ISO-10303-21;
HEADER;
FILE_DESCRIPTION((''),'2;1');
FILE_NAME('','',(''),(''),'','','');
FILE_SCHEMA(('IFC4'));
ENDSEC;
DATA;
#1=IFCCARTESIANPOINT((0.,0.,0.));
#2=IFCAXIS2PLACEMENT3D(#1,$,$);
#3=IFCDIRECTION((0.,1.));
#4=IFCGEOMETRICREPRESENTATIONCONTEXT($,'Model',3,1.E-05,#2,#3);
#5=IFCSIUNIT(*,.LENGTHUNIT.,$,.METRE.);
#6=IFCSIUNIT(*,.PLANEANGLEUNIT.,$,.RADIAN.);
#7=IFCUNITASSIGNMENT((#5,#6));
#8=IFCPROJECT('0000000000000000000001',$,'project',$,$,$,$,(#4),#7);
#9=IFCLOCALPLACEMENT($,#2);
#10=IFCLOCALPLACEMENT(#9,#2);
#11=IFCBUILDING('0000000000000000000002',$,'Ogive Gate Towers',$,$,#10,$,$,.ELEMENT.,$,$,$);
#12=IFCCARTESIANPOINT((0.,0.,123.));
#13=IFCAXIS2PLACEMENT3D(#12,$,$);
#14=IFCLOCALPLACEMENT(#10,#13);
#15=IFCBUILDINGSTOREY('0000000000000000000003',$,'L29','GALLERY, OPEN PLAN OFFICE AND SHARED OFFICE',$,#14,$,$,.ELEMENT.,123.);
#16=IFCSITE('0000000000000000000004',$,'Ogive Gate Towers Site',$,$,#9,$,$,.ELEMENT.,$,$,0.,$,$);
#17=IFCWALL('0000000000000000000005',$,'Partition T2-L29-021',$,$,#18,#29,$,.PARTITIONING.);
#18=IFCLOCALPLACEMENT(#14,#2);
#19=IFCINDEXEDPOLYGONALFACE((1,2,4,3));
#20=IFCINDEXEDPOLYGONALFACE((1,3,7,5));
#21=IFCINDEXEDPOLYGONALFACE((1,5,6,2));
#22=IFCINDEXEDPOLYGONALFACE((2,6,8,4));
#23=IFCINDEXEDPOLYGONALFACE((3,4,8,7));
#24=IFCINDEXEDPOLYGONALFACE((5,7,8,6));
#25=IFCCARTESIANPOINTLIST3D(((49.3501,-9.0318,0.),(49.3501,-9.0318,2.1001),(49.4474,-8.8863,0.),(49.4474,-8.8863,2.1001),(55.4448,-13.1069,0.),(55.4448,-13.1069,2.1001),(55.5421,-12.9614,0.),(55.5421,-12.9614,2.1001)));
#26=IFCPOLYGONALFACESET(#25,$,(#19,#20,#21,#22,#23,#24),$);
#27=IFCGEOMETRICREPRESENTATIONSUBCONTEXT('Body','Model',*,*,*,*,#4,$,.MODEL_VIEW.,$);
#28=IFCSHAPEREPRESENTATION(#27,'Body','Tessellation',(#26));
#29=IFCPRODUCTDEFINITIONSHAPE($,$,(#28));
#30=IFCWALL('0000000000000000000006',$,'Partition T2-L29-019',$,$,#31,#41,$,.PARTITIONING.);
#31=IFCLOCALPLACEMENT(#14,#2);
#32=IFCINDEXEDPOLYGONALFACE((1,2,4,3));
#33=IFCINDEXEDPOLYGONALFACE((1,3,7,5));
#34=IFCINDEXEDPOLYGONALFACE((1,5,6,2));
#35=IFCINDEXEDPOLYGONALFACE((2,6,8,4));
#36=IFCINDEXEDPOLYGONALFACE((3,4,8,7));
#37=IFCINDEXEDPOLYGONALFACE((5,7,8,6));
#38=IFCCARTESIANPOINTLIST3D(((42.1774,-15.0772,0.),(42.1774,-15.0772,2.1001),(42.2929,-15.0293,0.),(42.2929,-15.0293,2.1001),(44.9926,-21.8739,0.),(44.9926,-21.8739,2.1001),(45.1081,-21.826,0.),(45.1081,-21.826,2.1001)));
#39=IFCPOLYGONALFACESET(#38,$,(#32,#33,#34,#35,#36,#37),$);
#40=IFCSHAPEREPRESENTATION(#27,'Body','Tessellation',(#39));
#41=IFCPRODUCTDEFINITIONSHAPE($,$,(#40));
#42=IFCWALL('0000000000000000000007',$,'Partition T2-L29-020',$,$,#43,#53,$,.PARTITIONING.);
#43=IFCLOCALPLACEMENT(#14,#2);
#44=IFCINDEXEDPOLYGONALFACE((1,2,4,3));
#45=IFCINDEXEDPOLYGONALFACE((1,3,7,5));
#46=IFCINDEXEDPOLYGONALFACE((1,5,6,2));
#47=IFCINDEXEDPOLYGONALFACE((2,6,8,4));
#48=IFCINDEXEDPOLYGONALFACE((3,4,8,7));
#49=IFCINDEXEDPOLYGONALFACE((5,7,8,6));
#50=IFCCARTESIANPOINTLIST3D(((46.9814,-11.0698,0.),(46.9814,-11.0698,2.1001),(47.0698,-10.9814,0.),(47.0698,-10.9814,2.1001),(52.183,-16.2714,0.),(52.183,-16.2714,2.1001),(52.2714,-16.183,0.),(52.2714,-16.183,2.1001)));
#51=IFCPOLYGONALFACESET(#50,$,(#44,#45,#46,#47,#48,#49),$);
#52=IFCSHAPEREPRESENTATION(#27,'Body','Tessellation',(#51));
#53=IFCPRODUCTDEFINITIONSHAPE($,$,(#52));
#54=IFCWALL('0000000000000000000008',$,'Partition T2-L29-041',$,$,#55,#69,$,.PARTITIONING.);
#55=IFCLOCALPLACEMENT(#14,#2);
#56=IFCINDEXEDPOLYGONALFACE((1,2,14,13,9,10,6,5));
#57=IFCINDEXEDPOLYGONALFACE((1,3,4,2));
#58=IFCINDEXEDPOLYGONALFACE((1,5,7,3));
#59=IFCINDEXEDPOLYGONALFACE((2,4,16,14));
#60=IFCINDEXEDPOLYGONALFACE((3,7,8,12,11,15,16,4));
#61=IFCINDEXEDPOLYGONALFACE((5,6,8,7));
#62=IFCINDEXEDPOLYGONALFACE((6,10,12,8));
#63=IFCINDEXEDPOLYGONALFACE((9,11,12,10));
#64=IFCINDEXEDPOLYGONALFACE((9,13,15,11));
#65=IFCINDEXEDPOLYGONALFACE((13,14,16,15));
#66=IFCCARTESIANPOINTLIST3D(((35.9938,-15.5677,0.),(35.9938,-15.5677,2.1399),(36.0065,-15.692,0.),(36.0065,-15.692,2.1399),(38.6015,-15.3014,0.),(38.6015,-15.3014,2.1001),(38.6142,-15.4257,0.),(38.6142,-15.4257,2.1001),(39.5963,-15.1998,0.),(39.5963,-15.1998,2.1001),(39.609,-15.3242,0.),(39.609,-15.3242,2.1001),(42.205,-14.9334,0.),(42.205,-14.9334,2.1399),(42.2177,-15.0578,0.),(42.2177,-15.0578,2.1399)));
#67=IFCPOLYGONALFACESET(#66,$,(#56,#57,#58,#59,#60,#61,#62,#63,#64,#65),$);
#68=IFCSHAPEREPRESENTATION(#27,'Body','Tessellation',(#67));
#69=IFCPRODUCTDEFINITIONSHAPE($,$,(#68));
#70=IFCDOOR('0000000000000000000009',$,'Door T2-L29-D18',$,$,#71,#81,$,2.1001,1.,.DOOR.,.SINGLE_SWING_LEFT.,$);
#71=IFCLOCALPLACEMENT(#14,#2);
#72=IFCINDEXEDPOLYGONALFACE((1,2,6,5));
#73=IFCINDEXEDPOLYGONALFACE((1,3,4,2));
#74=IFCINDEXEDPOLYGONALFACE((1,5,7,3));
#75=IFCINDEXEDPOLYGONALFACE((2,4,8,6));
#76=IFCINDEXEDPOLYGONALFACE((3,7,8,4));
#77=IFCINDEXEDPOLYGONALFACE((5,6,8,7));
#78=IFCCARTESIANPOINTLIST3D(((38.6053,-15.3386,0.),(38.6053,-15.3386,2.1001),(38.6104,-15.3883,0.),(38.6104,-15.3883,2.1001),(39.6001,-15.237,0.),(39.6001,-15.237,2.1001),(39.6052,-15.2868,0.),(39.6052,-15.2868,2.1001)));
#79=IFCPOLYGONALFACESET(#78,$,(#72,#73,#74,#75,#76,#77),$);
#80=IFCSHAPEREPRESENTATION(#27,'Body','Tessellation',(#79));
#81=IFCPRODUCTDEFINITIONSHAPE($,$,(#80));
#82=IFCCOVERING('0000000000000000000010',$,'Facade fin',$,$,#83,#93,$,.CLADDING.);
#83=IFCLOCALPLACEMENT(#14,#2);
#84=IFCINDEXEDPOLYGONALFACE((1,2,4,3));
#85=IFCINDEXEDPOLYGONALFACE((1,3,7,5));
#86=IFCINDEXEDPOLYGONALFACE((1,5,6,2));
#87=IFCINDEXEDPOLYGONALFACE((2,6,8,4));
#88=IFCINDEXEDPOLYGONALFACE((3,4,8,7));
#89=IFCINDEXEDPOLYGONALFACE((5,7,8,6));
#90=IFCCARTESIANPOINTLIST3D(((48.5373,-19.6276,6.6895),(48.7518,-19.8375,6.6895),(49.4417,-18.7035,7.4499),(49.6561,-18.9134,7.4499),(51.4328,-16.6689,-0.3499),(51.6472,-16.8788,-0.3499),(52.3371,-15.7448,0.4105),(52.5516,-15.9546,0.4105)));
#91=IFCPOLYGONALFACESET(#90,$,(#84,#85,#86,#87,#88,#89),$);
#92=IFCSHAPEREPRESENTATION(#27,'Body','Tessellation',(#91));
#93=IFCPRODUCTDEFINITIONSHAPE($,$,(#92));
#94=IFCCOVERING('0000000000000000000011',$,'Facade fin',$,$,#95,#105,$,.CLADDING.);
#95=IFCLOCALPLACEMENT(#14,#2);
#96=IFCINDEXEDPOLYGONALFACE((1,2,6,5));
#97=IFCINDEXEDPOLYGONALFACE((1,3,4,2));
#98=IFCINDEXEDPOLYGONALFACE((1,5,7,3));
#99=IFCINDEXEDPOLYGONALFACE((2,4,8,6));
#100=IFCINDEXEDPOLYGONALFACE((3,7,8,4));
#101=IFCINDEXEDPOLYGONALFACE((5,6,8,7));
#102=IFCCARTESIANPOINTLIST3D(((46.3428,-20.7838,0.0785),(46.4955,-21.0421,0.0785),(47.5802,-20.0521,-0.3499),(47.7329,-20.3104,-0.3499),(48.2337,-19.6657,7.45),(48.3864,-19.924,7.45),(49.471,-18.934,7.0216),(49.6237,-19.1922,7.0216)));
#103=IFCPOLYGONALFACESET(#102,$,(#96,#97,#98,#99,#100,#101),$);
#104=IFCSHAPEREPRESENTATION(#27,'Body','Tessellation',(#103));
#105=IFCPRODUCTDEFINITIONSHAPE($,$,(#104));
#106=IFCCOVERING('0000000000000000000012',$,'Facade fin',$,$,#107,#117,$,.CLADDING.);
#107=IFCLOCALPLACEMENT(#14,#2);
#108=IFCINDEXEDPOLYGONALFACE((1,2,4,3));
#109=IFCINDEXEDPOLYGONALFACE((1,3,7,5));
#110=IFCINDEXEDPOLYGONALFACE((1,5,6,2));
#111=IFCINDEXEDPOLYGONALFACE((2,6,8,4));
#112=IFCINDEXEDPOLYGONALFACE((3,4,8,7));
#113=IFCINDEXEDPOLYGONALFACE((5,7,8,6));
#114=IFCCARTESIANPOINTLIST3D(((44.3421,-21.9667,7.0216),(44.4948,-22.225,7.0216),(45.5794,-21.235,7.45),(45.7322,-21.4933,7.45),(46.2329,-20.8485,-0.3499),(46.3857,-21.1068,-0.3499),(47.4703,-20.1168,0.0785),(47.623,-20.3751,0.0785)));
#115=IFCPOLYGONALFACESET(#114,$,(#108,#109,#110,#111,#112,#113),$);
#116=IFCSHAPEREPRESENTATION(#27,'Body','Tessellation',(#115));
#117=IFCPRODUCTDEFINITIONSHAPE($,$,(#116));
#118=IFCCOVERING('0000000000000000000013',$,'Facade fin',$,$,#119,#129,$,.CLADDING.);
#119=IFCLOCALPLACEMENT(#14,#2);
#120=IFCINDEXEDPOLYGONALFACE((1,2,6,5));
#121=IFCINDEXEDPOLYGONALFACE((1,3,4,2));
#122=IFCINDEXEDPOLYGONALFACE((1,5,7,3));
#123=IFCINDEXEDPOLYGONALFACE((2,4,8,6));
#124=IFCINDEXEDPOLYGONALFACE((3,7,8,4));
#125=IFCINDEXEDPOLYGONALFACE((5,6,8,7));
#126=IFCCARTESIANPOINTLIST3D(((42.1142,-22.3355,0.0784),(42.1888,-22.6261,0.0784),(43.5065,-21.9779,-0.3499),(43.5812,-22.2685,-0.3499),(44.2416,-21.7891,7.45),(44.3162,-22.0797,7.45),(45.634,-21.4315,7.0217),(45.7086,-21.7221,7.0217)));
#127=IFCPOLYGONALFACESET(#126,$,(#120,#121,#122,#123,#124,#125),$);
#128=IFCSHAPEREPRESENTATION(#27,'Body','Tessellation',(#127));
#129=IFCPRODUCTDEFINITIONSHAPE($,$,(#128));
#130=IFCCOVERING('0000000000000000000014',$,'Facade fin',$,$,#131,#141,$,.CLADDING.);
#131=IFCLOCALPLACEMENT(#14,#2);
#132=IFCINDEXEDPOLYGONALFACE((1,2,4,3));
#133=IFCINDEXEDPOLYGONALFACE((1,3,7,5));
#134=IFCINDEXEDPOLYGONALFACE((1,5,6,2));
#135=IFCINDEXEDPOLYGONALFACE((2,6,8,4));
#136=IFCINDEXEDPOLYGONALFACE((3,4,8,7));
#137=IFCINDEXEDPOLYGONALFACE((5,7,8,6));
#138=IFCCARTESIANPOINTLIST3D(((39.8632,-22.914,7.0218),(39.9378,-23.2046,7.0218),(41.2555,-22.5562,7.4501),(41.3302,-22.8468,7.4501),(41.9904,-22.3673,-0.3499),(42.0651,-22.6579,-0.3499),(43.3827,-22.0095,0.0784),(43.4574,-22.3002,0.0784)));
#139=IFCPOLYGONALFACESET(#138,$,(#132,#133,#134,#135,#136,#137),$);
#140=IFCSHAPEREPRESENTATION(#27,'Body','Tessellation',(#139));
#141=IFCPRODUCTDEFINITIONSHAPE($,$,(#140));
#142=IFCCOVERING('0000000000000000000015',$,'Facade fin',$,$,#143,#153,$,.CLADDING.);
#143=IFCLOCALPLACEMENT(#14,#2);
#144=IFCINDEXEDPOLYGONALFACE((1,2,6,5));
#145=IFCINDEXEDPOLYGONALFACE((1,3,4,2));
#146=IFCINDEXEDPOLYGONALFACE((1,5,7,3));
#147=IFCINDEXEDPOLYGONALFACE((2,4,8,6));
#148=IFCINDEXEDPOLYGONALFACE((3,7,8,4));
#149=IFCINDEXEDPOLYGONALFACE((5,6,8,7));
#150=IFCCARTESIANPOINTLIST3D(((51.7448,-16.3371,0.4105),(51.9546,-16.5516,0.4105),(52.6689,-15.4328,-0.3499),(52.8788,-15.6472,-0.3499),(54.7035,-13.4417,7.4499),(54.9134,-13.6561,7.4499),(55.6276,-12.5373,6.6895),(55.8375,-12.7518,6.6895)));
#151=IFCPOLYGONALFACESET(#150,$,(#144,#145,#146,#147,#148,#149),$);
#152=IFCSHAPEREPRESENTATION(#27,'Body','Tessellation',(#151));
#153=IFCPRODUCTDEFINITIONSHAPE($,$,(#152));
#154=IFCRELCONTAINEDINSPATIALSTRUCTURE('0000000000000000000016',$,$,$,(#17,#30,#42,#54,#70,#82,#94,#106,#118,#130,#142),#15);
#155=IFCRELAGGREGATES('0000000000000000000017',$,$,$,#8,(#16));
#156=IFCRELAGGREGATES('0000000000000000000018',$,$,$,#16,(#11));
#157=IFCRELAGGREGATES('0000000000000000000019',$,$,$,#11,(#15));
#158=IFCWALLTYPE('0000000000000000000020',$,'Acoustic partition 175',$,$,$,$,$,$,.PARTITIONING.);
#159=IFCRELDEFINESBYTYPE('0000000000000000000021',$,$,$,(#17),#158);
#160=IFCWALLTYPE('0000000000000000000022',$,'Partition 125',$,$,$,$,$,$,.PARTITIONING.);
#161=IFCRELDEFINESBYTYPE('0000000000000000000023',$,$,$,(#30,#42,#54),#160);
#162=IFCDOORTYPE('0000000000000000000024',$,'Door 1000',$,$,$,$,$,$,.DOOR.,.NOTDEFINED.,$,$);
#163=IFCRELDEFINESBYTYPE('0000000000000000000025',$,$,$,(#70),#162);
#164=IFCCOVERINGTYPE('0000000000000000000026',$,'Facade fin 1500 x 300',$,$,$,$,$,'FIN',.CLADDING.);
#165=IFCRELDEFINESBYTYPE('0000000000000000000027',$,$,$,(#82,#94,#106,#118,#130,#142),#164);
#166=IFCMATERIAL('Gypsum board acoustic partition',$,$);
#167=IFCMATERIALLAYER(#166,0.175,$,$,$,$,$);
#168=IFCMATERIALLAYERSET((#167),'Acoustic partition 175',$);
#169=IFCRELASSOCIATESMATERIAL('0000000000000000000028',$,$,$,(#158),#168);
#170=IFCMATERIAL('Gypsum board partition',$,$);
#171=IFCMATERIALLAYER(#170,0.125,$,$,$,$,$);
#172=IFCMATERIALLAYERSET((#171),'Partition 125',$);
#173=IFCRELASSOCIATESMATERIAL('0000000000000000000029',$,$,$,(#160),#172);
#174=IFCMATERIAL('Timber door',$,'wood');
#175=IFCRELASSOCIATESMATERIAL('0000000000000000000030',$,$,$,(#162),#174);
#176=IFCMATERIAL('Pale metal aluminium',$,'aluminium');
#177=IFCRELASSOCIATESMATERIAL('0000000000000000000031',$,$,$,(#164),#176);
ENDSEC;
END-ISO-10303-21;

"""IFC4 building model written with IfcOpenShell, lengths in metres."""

from ifc_helpers import new_model, si_unit, direction, frame, frame_2d, origin, origin_2d, place, context, subcontext, project, spatial, rectangle, extrude, material, layer, layer_set, material_profile, profile_set, type_object, element, fill, save


model = new_model("IFC4")

# Units and contexts
model_context = context("Model", 3, precision=1e-05, world=origin(), true_north=direction((0.0, 1.0)))
body_context = subcontext(model_context, "Body", "Model", "MODEL_VIEW")
ifc_project = project(units=[si_unit("LENGTHUNIT", "METRE"), si_unit("PLANEANGLEUNIT", "RADIAN")], contexts=[model_context])

# Site, building, storey
site_placement = place(None, origin())
site = spatial("IfcSite", under=ifc_project, at=site_placement, Name="Ogive Gate Towers Site", CompositionType="ELEMENT", RefElevation=0.0)
building_placement = place(site_placement, origin())
building = spatial("IfcBuilding", under=site, at=building_placement, Name="Ogive Gate Towers", CompositionType="ELEMENT")
storey_placement = place(building_placement, frame((0.0, 0.0, 123.0)))
storey = spatial("IfcBuildingStorey", under=building, at=storey_placement, Name="L29", Description="GALLERY, OPEN PLAN OFFICE AND SHARED OFFICE", CompositionType="ELEMENT", Elevation=123.0)

# Shared definitions
ifc_material_1 = material(Name="Pale metal aluminium", Category="aluminium")

# Walls
ifc_material_2 = material(Name="Gypsum board acoustic partition")
ifc_layer_1 = layer(ifc_material_2, 0.175)
ifc_layer_set_1 = layer_set([ifc_layer_1], Name="Acoustic partition 175")
wall_type_1 = type_object("IfcWallType", Name="Acoustic partition 175", PredefinedType="PARTITIONING", material=ifc_layer_set_1)
wall_1_placement = place(storey_placement, frame((55.4934, -13.0342, 0.0), z_axis=(0.0, 0.0, 1.0), x_axis=(-0.831291, 0.555837, 0.0)))
element("IfcWall", 1, at=wall_1_placement, inside=storey, type_object=wall_type_1, Name="Partition T2-L29-021", PredefinedType="PARTITIONING", context=body_context, shape_type="SweptSolid", body=[
    extrude(rectangle(XDim=7.3315, YDim=0.175, at=frame_2d((3.6658, 0.0))), origin(), (0.0, 0.0, 1.0), 2.1001),
])
ifc_material_3 = material(Name="Gypsum board partition")
ifc_layer_2 = layer(ifc_material_3, 0.125)
ifc_layer_set_2 = layer_set([ifc_layer_2], Name="Partition 125")
wall_type_2 = type_object("IfcWallType", Name="Partition 125", PredefinedType="PARTITIONING", material=ifc_layer_set_2)
wall_2_placement = place(storey_placement, frame((45.0503, -21.8499, 0.0), z_axis=(0.0, 0.0, 1.0), x_axis=(-0.382675, 0.923883, 0.0)))
element("IfcWall", 2, at=wall_2_placement, inside=storey, type_object=wall_type_2, Name="Partition T2-L29-019", PredefinedType="PARTITIONING", context=body_context, shape_type="SweptSolid", body=[
    extrude(rectangle(XDim=7.3567, YDim=0.125, at=frame_2d((3.6782, 0.0))), origin(), (0.0, 0.0, 1.0), 2.1001),
])
wall_3_placement = place(storey_placement, frame((52.2273, -16.2273, 0.0), z_axis=(0.0, 0.0, 1.0), x_axis=(-0.707107, 0.707107, 0.0)))
element("IfcWall", 3, at=wall_3_placement, inside=storey, type_object=wall_type_2, Name="Partition T2-L29-020", PredefinedType="PARTITIONING", context=body_context, shape_type="SweptSolid", body=[
    extrude(rectangle(XDim=7.3562, YDim=0.125, at=frame_2d((3.6782, 0.0))), origin(), (0.0, 0.0, 1.0), 2.1001),
])

# Wall, opening, door
wall_4_placement = place(storey_placement, frame((42.2112, -14.9956, 0.0), z_axis=(0.0, 0.0, 1.0), x_axis=(-0.994826, -0.10159, 0.0)))
wall_4 = element("IfcWall", 4, at=wall_4_placement, inside=storey, type_object=wall_type_2, Name="Partition T2-L29-041", PredefinedType="PARTITIONING", context=body_context, shape_type="SweptSolid", body=[
    extrude(rectangle(XDim=6.2434, YDim=0.125, at=frame_2d((3.1216, 0.0))), origin(), (0.0, 0.0, 1.0), 2.1399),
])
opening_placement = place(wall_4_placement, frame((2.6221, 0.0, 0.0)))
opening = element("IfcOpeningElement", 5, at=opening_placement, cuts=wall_4, PredefinedType="OPENING", context=body_context, shape_type="SweptSolid", body=[
    extrude(rectangle(XDim=1.0, YDim=2.1001, at=frame_2d((0.5, 1.05))), frame((0.0, 0.0725, 0.0), z_axis=(0.0, -1.0, 0.0), x_axis=(1.0, 0.0, 0.0)), (0.0, 0.0, 1.0), 0.145),
])
ifc_material_4 = material(Name="Timber door", Category="wood")
door_type = type_object("IfcDoorType", Name="Door 1000", OperationType="NOTDEFINED", PredefinedType="DOOR", material=ifc_material_4)
door_placement = place(opening_placement, origin())
door = element("IfcDoor", 6, at=door_placement, inside=storey, type_object=door_type, Name="Door T2-L29-D18", OperationType="SINGLE_SWING_LEFT", OverallHeight=2.1001, OverallWidth=1.0, PredefinedType="DOOR", context=body_context, shape_type="SweptSolid", body=[
    extrude(rectangle(XDim=1.0, YDim=2.1001, at=frame_2d((0.5, 1.05))), frame((0.0, 0.0249, 0.0), z_axis=(0.0, -1.0, 0.0), x_axis=(1.0, 0.0, 0.0)), (0.0, 0.0, 1.0), 0.05),
])
fill(opening, door)

# Coverings
ifc_material_profile_1 = material_profile(ifc_material_1, rectangle(XDim=0.3, YDim=1.5, at=origin_2d()), Name="1500 x 300 pale metal aluminium")
ifc_profile_set_1 = profile_set([ifc_material_profile_1], Name="Pale metal aluminium")
covering_type = type_object("IfcCoveringType", Name="Facade fin 1500 x 300", ElementType="FIN", PredefinedType="CLADDING", material=ifc_profile_set_1)
covering_1_placement = place(storey_placement, frame((51.9922, -16.3118, 0.0303), z_axis=(-0.354555, -0.362298, 0.861993), x_axis=(0.714703, -0.699428, 0.0)))
element("IfcCovering", 7, at=covering_1_placement, inside=storey, type_object=covering_type, Name="Facade fin", PredefinedType="CLADDING", context=body_context, shape_type="SweptSolid", body=[
    extrude(rectangle(XDim=0.3, YDim=1.5, at=origin_2d()), origin(), (0.0, 0.0, 1.0), 8.1665),
])
for number, where, z_axis, x_axis, name in (
    (8, (47.0378, -20.5471, -0.1357), (0.245825, 0.145368, 0.958352), (-0.50901, 0.860761, 0.0), "Facade fin"),
    (9, (46.928, -20.6118, -0.1357), (-0.245825, -0.145368, 0.958352), (0.50901, -0.860761, 0.0), "Facade fin"),
    (10, (42.8477, -22.302, -0.1357), (0.276583, 0.071034, 0.958361), (-0.248755, 0.968566, 0.0), "Facade fin"),
    (11, (42.7239, -22.3337, -0.1357), (-0.276553, -0.071067, 0.958367), (0.248886, -0.968533, 0.0), "Facade fin"),
):
    element("IfcCovering", number, at=place(storey_placement, frame(where, z_axis=z_axis, x_axis=x_axis)), inside=storey, type_object=covering_type, Name=name, PredefinedType="CLADDING", context=body_context, shape_type="SweptSolid", body=[
        extrude(rectangle(XDim=0.3, YDim=1.5, at=origin_2d()), origin(), (0.0, 0.0, 1.0), 7.6919),
    ])
covering_2_placement = place(storey_placement, frame((52.3118, -15.9922, 0.0303), z_axis=(0.362298, 0.354555, 0.861993), x_axis=(-0.699428, 0.714703, 0.0)))
element("IfcCovering", 12, at=covering_2_placement, inside=storey, type_object=covering_type, Name="Facade fin", PredefinedType="CLADDING", context=body_context, shape_type="SweptSolid", body=[
    extrude(rectangle(XDim=0.3, YDim=1.5, at=origin_2d()), origin(), (0.0, 0.0, 1.0), 8.1665),
])

save(model, "model.ifc")
